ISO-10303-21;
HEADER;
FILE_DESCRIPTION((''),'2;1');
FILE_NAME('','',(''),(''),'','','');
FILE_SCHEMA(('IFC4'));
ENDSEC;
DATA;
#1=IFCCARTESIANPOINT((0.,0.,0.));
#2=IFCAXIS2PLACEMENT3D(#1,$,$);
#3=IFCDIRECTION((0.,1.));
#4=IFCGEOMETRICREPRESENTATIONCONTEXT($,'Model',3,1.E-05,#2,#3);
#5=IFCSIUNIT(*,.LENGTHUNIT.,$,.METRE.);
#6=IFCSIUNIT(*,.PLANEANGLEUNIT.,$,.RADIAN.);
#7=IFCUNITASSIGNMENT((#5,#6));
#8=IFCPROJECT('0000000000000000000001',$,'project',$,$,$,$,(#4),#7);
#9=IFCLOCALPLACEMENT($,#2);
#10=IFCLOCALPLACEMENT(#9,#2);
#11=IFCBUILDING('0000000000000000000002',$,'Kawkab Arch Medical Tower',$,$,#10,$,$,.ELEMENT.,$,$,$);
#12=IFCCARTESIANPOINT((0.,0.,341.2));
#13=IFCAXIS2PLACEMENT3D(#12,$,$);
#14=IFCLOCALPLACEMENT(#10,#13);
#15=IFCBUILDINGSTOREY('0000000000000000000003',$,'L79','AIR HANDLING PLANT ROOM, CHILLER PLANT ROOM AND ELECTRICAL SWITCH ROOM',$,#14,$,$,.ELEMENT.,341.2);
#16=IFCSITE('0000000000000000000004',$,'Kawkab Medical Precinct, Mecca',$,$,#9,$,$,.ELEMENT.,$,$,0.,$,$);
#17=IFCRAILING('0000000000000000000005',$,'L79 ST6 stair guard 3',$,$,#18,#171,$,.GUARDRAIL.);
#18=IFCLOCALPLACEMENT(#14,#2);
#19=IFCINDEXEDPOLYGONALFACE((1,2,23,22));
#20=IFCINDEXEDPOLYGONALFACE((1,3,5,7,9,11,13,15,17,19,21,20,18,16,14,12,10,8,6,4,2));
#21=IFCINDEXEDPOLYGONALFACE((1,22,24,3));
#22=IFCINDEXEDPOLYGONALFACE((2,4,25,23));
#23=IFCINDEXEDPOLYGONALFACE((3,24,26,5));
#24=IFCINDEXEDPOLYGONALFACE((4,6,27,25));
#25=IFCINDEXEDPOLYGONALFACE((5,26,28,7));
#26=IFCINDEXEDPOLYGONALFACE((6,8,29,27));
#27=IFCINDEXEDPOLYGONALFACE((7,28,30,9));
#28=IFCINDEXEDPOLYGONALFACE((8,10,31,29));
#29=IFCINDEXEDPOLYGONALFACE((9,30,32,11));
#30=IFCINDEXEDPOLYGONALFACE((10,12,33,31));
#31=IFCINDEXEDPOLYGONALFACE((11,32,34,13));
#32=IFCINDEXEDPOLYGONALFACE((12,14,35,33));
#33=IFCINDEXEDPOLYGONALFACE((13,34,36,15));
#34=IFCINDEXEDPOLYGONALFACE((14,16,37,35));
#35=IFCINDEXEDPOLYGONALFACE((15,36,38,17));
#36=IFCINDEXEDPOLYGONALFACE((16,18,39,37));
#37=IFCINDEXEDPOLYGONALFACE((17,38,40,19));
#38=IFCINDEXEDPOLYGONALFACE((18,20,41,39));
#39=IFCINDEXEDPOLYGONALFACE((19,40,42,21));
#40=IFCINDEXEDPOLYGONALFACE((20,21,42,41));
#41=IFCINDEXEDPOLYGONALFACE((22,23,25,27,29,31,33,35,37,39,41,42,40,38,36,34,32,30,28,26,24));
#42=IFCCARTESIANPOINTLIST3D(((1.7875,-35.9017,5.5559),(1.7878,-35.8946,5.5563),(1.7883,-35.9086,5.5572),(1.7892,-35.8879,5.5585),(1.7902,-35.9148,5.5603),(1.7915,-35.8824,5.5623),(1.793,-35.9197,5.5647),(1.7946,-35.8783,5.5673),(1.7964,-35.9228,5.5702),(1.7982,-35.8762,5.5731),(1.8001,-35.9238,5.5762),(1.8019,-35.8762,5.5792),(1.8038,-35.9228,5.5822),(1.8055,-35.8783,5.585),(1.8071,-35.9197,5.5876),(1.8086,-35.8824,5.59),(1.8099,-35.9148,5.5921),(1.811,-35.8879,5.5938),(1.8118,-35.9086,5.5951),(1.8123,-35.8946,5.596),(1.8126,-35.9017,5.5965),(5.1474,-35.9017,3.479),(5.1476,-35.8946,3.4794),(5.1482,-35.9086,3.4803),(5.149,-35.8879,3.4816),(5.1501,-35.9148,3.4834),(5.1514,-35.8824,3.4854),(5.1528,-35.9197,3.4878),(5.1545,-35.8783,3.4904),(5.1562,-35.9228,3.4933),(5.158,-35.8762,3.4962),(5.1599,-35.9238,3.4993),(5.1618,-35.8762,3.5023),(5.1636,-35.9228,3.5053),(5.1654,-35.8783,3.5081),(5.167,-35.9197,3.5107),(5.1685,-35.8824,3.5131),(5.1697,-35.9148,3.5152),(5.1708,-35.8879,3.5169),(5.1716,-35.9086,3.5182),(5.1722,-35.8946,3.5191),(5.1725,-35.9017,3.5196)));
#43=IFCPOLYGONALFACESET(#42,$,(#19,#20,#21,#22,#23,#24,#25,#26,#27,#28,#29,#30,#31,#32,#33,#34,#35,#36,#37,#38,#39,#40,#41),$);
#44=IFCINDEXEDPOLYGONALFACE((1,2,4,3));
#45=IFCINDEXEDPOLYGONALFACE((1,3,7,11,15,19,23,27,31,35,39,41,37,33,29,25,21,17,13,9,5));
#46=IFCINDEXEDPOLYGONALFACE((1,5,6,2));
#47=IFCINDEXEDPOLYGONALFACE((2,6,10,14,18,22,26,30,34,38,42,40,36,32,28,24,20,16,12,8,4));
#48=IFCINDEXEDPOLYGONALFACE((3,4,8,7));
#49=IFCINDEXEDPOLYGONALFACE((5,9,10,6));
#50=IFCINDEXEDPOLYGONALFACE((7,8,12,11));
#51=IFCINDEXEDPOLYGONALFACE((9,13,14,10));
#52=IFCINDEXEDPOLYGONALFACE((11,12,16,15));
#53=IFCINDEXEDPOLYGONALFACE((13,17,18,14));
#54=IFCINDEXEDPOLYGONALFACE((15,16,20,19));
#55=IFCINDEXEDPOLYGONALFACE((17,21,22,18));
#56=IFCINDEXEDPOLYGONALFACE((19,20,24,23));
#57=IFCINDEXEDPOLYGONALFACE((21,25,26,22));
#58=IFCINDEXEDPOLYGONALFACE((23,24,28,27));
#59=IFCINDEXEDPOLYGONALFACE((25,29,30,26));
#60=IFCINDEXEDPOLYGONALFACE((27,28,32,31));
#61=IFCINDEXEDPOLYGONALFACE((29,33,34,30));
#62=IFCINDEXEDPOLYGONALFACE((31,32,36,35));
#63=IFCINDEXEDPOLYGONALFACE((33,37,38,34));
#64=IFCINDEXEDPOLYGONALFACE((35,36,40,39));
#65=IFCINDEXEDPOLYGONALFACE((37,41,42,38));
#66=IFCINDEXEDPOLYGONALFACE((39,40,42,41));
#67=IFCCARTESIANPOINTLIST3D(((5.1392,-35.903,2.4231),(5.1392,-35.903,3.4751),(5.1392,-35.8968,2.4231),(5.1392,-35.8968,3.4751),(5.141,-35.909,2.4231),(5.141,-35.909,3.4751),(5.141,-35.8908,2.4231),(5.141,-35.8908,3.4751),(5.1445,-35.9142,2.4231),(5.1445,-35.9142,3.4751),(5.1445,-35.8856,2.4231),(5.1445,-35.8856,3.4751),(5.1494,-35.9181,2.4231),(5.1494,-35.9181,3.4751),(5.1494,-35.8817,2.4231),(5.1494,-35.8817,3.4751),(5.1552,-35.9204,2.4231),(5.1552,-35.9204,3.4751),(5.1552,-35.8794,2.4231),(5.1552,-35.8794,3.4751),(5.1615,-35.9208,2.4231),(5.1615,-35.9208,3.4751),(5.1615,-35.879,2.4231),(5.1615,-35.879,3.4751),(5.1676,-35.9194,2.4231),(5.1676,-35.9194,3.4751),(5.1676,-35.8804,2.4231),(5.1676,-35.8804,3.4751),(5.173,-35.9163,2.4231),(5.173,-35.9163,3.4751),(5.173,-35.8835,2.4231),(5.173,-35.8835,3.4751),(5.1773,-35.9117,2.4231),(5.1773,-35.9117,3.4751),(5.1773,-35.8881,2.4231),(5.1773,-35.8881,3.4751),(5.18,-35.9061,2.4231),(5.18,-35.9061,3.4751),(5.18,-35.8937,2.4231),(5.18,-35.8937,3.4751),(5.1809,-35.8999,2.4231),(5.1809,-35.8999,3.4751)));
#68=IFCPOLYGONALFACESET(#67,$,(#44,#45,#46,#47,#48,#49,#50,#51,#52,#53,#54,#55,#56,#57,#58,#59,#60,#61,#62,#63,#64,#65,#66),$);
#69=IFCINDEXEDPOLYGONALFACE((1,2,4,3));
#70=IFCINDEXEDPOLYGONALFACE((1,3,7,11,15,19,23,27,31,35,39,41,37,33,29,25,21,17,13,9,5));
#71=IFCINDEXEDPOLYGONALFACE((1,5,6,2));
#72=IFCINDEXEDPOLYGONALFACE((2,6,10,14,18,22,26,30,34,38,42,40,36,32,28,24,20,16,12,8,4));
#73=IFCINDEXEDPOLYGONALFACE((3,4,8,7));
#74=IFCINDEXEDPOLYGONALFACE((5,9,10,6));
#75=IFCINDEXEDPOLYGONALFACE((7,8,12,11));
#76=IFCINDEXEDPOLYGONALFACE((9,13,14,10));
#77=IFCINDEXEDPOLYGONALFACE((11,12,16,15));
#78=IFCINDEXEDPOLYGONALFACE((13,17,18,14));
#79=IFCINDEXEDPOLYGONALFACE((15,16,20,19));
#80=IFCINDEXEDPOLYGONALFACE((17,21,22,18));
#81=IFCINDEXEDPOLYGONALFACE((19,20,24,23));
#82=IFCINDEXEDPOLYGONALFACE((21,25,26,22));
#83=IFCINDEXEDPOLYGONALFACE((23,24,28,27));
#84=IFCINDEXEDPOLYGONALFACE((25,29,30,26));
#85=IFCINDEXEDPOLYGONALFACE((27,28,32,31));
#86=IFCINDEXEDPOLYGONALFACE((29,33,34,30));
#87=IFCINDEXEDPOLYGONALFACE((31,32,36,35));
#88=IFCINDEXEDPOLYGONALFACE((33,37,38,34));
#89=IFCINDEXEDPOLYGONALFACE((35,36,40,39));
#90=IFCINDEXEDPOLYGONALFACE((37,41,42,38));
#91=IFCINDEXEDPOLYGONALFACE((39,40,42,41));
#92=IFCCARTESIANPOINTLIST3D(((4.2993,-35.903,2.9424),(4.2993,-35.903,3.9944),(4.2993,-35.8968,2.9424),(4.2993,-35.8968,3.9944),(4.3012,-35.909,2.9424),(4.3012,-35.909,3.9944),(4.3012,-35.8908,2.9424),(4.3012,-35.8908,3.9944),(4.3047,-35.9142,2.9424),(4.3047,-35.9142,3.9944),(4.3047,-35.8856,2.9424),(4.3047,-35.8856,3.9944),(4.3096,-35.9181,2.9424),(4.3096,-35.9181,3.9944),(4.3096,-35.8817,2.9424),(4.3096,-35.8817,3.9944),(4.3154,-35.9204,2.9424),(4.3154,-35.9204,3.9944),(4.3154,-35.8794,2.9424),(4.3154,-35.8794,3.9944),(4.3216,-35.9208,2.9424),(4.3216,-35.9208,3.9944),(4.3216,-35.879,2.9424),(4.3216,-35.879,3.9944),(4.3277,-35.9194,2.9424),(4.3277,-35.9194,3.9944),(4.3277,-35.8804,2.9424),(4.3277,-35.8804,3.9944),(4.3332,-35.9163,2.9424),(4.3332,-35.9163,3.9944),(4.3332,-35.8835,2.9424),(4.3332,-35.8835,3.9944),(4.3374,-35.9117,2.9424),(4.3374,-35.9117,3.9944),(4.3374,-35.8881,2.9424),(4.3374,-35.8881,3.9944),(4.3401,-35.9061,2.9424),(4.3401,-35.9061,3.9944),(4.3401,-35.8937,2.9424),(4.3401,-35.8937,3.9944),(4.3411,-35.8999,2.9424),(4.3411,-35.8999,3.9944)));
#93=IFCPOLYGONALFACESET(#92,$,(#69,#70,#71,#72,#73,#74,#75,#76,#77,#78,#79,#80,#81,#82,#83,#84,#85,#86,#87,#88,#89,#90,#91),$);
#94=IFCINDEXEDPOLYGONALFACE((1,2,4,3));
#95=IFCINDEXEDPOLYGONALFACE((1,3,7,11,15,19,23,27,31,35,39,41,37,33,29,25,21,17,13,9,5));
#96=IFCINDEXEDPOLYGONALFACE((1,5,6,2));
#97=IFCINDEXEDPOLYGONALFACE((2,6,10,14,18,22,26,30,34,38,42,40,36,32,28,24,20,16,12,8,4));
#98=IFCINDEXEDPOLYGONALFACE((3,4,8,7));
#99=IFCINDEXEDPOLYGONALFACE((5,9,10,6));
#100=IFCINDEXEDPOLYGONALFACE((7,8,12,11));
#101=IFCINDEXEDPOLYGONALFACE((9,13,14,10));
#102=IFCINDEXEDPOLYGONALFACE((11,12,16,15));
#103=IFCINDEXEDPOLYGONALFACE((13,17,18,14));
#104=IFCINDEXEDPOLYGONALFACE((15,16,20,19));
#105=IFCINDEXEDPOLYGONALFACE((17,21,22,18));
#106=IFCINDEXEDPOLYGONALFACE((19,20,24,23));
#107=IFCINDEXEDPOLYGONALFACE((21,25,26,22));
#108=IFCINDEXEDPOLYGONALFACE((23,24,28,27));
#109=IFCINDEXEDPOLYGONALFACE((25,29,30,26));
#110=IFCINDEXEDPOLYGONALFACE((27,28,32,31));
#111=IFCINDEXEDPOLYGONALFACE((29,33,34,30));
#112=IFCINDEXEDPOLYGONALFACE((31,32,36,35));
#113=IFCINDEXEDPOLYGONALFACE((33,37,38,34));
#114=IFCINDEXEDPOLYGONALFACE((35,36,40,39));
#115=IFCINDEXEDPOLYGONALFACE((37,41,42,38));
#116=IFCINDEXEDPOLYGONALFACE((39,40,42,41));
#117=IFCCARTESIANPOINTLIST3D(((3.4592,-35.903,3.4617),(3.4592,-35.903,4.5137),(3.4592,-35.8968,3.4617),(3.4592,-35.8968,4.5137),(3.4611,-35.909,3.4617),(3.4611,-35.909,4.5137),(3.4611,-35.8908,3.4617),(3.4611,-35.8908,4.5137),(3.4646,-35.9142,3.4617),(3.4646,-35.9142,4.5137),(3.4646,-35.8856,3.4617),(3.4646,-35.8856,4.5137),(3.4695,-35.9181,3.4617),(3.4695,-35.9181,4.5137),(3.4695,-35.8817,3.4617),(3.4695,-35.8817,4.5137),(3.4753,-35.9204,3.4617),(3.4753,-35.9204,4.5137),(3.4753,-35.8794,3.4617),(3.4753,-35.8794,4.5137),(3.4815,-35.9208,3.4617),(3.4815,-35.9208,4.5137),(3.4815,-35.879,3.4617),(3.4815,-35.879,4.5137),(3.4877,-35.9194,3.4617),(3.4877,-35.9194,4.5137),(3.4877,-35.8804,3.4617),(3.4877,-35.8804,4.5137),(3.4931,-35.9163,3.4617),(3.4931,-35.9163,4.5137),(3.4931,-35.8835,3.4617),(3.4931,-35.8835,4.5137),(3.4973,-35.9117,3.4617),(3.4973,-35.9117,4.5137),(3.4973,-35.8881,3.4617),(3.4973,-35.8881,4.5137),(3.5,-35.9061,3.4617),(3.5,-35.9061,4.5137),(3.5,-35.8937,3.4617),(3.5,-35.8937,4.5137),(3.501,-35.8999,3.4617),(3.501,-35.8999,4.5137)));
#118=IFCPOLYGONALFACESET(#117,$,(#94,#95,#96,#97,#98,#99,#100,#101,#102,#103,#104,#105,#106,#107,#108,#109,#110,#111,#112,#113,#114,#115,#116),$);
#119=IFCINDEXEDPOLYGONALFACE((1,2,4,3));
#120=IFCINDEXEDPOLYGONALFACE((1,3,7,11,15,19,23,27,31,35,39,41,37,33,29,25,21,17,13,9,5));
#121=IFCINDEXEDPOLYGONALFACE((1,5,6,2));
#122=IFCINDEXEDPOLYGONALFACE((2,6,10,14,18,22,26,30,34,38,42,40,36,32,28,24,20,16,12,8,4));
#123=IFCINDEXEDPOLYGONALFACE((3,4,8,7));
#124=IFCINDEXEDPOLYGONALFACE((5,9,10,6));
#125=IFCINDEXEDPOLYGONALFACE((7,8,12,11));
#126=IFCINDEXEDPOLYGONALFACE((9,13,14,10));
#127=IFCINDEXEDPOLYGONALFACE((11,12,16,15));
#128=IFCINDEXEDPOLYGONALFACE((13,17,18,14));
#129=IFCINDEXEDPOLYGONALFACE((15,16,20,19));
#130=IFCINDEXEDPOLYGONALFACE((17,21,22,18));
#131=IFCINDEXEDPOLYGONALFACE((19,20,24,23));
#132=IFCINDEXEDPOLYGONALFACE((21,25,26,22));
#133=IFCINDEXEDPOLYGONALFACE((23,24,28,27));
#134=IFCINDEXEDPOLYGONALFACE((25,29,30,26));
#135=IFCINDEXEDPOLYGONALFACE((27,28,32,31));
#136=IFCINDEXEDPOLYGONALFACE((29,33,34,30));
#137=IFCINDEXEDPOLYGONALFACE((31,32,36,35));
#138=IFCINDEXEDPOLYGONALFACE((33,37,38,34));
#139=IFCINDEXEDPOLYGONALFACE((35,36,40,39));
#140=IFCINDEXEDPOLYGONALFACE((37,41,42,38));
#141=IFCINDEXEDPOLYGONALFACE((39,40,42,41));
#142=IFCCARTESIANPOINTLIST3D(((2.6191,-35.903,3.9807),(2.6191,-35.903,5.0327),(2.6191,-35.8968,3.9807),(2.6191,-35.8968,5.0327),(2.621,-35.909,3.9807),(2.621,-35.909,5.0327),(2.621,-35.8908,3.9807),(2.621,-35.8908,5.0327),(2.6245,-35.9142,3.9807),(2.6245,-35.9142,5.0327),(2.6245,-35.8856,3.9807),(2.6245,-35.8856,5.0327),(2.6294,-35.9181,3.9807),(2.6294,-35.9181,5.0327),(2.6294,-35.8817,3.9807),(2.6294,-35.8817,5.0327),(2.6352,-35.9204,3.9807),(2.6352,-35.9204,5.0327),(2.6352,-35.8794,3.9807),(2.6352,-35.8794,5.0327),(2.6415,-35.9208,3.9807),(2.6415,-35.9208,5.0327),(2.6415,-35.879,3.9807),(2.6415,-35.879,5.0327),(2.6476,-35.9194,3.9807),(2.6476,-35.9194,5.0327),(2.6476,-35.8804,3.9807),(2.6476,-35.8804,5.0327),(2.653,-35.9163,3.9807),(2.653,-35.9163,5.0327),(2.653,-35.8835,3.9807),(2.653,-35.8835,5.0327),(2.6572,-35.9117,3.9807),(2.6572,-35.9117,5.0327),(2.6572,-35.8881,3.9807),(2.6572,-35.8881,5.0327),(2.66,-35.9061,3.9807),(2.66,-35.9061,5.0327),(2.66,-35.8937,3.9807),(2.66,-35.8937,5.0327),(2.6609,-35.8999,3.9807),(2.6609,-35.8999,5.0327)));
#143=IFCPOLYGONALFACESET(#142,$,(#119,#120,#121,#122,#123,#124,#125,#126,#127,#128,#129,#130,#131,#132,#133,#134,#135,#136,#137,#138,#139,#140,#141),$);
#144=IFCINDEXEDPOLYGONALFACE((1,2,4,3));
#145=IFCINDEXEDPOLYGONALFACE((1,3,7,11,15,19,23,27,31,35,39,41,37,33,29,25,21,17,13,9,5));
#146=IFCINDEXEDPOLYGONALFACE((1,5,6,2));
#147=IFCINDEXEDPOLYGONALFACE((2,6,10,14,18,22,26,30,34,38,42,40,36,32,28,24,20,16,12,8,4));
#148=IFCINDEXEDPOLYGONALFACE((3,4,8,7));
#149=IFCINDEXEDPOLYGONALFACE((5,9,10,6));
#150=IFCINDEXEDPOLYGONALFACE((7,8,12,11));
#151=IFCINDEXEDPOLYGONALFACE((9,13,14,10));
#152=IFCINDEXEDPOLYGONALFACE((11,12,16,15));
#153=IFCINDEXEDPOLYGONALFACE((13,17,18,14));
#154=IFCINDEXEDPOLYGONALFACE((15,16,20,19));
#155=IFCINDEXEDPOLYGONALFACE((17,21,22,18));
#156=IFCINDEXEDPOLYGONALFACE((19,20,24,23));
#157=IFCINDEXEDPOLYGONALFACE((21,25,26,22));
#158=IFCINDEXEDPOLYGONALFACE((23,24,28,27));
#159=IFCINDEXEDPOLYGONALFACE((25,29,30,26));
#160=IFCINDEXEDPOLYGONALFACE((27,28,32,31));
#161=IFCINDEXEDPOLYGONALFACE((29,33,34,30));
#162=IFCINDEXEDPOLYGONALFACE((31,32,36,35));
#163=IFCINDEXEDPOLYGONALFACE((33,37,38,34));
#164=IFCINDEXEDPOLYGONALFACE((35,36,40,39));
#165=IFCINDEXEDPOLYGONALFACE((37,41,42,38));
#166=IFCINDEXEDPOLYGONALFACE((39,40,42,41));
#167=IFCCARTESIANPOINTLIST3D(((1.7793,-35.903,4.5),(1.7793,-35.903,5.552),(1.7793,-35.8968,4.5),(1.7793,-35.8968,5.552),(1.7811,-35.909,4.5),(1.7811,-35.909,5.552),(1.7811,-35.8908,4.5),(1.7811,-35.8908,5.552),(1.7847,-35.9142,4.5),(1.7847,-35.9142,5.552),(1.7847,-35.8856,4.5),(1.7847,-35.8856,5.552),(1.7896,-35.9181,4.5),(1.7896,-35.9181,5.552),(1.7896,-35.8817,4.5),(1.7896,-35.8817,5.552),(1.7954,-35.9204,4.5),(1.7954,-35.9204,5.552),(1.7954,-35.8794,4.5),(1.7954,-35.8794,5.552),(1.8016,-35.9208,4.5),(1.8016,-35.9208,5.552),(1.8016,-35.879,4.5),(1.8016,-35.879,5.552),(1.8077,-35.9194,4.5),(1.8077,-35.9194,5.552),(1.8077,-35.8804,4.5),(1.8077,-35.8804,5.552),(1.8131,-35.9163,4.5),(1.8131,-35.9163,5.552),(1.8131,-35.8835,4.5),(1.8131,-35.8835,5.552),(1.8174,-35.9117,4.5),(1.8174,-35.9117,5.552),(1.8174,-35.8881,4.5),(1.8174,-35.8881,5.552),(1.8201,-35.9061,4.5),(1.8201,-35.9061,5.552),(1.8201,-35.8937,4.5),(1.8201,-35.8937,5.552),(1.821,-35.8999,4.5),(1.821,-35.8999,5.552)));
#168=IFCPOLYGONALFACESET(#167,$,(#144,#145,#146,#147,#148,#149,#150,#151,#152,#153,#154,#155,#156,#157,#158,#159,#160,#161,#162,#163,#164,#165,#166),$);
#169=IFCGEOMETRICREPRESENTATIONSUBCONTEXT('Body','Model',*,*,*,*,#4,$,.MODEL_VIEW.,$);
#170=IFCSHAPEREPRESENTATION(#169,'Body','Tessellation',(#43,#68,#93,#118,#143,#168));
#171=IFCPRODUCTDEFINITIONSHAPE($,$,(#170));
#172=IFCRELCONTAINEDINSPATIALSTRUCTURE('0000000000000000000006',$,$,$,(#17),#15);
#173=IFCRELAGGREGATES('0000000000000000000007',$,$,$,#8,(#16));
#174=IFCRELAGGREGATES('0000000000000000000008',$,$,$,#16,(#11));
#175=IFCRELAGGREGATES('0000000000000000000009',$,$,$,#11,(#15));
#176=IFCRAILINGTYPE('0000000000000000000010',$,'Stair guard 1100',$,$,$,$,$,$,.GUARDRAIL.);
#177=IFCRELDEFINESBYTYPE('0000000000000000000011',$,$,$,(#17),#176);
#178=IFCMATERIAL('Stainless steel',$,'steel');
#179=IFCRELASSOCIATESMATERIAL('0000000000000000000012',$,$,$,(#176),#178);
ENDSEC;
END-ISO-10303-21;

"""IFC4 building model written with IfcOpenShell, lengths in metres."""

from ifc_helpers import new_model, si_unit, direction, frame, origin, origin_2d, place, context, subcontext, project, spatial, circle, extrude, material, type_object, element, save


model = new_model("IFC4")

# Units and contexts
model_context = context("Model", 3, precision=1e-05, world=origin(), true_north=direction((0.0, 1.0)))
body_context = subcontext(model_context, "Body", "Model", "MODEL_VIEW")
ifc_project = project(units=[si_unit("LENGTHUNIT", "METRE"), si_unit("PLANEANGLEUNIT", "RADIAN")], contexts=[model_context])

# Site, building, storey
site_placement = place(None, origin())
site = spatial("IfcSite", under=ifc_project, at=site_placement, Name="Kawkab Medical Precinct, Mecca", CompositionType="ELEMENT", RefElevation=0.0)
building_placement = place(site_placement, origin())
building = spatial("IfcBuilding", under=site, at=building_placement, Name="Kawkab Arch Medical Tower", CompositionType="ELEMENT")
storey_placement = place(building_placement, frame((0.0, 0.0, 341.2)))
storey = spatial("IfcBuildingStorey", under=building, at=storey_placement, Name="L79", Description="AIR HANDLING PLANT ROOM, CHILLER PLANT ROOM AND ELECTRICAL SWITCH ROOM", CompositionType="ELEMENT", Elevation=341.2)

# Railing
ifc_material_1 = material(Name="Stainless steel", Category="steel")
railing_type = type_object("IfcRailingType", Name="Stair guard 1100", PredefinedType="GUARDRAIL", material=ifc_material_1)
railing_1_placement = place(storey_placement, frame((5.1599, -35.8999, 2.4231)))
element("IfcRailing", 1, at=railing_1_placement, inside=storey, type_object=railing_type, Name="L79 ST6 stair guard 3", PredefinedType="GUARDRAIL", context=body_context, shape_type="SweptSolid", body=[
    extrude(circle(Radius=0.0239, at=origin_2d()), frame((0.0, 0.0, 1.0762), z_axis=(-0.850606, 0.0, 0.525803), x_axis=(0.0, -1.0, 0.0)), (0.0, 0.0, 1.0), 3.95),
    extrude(circle(Radius=0.021, at=origin_2d()), origin(), (0.0, 0.0, 1.0), 1.052),
    extrude(circle(Radius=0.021, at=origin_2d()), frame((-0.8398, 0.0, 0.5193)), (0.0, 0.0, 1.0), 1.052),
    extrude(circle(Radius=0.021, at=origin_2d()), frame((-1.6799, 0.0, 1.0386)), (0.0, 0.0, 1.0), 1.052),
    extrude(circle(Radius=0.021, at=origin_2d()), frame((-2.52, 0.0, 1.5576)), (0.0, 0.0, 1.0), 1.052),
    extrude(circle(Radius=0.021, at=origin_2d()), frame((-3.3599, 0.0, 2.0769)), (0.0, 0.0, 1.0), 1.052),
])

save(model, "model.ifc")
